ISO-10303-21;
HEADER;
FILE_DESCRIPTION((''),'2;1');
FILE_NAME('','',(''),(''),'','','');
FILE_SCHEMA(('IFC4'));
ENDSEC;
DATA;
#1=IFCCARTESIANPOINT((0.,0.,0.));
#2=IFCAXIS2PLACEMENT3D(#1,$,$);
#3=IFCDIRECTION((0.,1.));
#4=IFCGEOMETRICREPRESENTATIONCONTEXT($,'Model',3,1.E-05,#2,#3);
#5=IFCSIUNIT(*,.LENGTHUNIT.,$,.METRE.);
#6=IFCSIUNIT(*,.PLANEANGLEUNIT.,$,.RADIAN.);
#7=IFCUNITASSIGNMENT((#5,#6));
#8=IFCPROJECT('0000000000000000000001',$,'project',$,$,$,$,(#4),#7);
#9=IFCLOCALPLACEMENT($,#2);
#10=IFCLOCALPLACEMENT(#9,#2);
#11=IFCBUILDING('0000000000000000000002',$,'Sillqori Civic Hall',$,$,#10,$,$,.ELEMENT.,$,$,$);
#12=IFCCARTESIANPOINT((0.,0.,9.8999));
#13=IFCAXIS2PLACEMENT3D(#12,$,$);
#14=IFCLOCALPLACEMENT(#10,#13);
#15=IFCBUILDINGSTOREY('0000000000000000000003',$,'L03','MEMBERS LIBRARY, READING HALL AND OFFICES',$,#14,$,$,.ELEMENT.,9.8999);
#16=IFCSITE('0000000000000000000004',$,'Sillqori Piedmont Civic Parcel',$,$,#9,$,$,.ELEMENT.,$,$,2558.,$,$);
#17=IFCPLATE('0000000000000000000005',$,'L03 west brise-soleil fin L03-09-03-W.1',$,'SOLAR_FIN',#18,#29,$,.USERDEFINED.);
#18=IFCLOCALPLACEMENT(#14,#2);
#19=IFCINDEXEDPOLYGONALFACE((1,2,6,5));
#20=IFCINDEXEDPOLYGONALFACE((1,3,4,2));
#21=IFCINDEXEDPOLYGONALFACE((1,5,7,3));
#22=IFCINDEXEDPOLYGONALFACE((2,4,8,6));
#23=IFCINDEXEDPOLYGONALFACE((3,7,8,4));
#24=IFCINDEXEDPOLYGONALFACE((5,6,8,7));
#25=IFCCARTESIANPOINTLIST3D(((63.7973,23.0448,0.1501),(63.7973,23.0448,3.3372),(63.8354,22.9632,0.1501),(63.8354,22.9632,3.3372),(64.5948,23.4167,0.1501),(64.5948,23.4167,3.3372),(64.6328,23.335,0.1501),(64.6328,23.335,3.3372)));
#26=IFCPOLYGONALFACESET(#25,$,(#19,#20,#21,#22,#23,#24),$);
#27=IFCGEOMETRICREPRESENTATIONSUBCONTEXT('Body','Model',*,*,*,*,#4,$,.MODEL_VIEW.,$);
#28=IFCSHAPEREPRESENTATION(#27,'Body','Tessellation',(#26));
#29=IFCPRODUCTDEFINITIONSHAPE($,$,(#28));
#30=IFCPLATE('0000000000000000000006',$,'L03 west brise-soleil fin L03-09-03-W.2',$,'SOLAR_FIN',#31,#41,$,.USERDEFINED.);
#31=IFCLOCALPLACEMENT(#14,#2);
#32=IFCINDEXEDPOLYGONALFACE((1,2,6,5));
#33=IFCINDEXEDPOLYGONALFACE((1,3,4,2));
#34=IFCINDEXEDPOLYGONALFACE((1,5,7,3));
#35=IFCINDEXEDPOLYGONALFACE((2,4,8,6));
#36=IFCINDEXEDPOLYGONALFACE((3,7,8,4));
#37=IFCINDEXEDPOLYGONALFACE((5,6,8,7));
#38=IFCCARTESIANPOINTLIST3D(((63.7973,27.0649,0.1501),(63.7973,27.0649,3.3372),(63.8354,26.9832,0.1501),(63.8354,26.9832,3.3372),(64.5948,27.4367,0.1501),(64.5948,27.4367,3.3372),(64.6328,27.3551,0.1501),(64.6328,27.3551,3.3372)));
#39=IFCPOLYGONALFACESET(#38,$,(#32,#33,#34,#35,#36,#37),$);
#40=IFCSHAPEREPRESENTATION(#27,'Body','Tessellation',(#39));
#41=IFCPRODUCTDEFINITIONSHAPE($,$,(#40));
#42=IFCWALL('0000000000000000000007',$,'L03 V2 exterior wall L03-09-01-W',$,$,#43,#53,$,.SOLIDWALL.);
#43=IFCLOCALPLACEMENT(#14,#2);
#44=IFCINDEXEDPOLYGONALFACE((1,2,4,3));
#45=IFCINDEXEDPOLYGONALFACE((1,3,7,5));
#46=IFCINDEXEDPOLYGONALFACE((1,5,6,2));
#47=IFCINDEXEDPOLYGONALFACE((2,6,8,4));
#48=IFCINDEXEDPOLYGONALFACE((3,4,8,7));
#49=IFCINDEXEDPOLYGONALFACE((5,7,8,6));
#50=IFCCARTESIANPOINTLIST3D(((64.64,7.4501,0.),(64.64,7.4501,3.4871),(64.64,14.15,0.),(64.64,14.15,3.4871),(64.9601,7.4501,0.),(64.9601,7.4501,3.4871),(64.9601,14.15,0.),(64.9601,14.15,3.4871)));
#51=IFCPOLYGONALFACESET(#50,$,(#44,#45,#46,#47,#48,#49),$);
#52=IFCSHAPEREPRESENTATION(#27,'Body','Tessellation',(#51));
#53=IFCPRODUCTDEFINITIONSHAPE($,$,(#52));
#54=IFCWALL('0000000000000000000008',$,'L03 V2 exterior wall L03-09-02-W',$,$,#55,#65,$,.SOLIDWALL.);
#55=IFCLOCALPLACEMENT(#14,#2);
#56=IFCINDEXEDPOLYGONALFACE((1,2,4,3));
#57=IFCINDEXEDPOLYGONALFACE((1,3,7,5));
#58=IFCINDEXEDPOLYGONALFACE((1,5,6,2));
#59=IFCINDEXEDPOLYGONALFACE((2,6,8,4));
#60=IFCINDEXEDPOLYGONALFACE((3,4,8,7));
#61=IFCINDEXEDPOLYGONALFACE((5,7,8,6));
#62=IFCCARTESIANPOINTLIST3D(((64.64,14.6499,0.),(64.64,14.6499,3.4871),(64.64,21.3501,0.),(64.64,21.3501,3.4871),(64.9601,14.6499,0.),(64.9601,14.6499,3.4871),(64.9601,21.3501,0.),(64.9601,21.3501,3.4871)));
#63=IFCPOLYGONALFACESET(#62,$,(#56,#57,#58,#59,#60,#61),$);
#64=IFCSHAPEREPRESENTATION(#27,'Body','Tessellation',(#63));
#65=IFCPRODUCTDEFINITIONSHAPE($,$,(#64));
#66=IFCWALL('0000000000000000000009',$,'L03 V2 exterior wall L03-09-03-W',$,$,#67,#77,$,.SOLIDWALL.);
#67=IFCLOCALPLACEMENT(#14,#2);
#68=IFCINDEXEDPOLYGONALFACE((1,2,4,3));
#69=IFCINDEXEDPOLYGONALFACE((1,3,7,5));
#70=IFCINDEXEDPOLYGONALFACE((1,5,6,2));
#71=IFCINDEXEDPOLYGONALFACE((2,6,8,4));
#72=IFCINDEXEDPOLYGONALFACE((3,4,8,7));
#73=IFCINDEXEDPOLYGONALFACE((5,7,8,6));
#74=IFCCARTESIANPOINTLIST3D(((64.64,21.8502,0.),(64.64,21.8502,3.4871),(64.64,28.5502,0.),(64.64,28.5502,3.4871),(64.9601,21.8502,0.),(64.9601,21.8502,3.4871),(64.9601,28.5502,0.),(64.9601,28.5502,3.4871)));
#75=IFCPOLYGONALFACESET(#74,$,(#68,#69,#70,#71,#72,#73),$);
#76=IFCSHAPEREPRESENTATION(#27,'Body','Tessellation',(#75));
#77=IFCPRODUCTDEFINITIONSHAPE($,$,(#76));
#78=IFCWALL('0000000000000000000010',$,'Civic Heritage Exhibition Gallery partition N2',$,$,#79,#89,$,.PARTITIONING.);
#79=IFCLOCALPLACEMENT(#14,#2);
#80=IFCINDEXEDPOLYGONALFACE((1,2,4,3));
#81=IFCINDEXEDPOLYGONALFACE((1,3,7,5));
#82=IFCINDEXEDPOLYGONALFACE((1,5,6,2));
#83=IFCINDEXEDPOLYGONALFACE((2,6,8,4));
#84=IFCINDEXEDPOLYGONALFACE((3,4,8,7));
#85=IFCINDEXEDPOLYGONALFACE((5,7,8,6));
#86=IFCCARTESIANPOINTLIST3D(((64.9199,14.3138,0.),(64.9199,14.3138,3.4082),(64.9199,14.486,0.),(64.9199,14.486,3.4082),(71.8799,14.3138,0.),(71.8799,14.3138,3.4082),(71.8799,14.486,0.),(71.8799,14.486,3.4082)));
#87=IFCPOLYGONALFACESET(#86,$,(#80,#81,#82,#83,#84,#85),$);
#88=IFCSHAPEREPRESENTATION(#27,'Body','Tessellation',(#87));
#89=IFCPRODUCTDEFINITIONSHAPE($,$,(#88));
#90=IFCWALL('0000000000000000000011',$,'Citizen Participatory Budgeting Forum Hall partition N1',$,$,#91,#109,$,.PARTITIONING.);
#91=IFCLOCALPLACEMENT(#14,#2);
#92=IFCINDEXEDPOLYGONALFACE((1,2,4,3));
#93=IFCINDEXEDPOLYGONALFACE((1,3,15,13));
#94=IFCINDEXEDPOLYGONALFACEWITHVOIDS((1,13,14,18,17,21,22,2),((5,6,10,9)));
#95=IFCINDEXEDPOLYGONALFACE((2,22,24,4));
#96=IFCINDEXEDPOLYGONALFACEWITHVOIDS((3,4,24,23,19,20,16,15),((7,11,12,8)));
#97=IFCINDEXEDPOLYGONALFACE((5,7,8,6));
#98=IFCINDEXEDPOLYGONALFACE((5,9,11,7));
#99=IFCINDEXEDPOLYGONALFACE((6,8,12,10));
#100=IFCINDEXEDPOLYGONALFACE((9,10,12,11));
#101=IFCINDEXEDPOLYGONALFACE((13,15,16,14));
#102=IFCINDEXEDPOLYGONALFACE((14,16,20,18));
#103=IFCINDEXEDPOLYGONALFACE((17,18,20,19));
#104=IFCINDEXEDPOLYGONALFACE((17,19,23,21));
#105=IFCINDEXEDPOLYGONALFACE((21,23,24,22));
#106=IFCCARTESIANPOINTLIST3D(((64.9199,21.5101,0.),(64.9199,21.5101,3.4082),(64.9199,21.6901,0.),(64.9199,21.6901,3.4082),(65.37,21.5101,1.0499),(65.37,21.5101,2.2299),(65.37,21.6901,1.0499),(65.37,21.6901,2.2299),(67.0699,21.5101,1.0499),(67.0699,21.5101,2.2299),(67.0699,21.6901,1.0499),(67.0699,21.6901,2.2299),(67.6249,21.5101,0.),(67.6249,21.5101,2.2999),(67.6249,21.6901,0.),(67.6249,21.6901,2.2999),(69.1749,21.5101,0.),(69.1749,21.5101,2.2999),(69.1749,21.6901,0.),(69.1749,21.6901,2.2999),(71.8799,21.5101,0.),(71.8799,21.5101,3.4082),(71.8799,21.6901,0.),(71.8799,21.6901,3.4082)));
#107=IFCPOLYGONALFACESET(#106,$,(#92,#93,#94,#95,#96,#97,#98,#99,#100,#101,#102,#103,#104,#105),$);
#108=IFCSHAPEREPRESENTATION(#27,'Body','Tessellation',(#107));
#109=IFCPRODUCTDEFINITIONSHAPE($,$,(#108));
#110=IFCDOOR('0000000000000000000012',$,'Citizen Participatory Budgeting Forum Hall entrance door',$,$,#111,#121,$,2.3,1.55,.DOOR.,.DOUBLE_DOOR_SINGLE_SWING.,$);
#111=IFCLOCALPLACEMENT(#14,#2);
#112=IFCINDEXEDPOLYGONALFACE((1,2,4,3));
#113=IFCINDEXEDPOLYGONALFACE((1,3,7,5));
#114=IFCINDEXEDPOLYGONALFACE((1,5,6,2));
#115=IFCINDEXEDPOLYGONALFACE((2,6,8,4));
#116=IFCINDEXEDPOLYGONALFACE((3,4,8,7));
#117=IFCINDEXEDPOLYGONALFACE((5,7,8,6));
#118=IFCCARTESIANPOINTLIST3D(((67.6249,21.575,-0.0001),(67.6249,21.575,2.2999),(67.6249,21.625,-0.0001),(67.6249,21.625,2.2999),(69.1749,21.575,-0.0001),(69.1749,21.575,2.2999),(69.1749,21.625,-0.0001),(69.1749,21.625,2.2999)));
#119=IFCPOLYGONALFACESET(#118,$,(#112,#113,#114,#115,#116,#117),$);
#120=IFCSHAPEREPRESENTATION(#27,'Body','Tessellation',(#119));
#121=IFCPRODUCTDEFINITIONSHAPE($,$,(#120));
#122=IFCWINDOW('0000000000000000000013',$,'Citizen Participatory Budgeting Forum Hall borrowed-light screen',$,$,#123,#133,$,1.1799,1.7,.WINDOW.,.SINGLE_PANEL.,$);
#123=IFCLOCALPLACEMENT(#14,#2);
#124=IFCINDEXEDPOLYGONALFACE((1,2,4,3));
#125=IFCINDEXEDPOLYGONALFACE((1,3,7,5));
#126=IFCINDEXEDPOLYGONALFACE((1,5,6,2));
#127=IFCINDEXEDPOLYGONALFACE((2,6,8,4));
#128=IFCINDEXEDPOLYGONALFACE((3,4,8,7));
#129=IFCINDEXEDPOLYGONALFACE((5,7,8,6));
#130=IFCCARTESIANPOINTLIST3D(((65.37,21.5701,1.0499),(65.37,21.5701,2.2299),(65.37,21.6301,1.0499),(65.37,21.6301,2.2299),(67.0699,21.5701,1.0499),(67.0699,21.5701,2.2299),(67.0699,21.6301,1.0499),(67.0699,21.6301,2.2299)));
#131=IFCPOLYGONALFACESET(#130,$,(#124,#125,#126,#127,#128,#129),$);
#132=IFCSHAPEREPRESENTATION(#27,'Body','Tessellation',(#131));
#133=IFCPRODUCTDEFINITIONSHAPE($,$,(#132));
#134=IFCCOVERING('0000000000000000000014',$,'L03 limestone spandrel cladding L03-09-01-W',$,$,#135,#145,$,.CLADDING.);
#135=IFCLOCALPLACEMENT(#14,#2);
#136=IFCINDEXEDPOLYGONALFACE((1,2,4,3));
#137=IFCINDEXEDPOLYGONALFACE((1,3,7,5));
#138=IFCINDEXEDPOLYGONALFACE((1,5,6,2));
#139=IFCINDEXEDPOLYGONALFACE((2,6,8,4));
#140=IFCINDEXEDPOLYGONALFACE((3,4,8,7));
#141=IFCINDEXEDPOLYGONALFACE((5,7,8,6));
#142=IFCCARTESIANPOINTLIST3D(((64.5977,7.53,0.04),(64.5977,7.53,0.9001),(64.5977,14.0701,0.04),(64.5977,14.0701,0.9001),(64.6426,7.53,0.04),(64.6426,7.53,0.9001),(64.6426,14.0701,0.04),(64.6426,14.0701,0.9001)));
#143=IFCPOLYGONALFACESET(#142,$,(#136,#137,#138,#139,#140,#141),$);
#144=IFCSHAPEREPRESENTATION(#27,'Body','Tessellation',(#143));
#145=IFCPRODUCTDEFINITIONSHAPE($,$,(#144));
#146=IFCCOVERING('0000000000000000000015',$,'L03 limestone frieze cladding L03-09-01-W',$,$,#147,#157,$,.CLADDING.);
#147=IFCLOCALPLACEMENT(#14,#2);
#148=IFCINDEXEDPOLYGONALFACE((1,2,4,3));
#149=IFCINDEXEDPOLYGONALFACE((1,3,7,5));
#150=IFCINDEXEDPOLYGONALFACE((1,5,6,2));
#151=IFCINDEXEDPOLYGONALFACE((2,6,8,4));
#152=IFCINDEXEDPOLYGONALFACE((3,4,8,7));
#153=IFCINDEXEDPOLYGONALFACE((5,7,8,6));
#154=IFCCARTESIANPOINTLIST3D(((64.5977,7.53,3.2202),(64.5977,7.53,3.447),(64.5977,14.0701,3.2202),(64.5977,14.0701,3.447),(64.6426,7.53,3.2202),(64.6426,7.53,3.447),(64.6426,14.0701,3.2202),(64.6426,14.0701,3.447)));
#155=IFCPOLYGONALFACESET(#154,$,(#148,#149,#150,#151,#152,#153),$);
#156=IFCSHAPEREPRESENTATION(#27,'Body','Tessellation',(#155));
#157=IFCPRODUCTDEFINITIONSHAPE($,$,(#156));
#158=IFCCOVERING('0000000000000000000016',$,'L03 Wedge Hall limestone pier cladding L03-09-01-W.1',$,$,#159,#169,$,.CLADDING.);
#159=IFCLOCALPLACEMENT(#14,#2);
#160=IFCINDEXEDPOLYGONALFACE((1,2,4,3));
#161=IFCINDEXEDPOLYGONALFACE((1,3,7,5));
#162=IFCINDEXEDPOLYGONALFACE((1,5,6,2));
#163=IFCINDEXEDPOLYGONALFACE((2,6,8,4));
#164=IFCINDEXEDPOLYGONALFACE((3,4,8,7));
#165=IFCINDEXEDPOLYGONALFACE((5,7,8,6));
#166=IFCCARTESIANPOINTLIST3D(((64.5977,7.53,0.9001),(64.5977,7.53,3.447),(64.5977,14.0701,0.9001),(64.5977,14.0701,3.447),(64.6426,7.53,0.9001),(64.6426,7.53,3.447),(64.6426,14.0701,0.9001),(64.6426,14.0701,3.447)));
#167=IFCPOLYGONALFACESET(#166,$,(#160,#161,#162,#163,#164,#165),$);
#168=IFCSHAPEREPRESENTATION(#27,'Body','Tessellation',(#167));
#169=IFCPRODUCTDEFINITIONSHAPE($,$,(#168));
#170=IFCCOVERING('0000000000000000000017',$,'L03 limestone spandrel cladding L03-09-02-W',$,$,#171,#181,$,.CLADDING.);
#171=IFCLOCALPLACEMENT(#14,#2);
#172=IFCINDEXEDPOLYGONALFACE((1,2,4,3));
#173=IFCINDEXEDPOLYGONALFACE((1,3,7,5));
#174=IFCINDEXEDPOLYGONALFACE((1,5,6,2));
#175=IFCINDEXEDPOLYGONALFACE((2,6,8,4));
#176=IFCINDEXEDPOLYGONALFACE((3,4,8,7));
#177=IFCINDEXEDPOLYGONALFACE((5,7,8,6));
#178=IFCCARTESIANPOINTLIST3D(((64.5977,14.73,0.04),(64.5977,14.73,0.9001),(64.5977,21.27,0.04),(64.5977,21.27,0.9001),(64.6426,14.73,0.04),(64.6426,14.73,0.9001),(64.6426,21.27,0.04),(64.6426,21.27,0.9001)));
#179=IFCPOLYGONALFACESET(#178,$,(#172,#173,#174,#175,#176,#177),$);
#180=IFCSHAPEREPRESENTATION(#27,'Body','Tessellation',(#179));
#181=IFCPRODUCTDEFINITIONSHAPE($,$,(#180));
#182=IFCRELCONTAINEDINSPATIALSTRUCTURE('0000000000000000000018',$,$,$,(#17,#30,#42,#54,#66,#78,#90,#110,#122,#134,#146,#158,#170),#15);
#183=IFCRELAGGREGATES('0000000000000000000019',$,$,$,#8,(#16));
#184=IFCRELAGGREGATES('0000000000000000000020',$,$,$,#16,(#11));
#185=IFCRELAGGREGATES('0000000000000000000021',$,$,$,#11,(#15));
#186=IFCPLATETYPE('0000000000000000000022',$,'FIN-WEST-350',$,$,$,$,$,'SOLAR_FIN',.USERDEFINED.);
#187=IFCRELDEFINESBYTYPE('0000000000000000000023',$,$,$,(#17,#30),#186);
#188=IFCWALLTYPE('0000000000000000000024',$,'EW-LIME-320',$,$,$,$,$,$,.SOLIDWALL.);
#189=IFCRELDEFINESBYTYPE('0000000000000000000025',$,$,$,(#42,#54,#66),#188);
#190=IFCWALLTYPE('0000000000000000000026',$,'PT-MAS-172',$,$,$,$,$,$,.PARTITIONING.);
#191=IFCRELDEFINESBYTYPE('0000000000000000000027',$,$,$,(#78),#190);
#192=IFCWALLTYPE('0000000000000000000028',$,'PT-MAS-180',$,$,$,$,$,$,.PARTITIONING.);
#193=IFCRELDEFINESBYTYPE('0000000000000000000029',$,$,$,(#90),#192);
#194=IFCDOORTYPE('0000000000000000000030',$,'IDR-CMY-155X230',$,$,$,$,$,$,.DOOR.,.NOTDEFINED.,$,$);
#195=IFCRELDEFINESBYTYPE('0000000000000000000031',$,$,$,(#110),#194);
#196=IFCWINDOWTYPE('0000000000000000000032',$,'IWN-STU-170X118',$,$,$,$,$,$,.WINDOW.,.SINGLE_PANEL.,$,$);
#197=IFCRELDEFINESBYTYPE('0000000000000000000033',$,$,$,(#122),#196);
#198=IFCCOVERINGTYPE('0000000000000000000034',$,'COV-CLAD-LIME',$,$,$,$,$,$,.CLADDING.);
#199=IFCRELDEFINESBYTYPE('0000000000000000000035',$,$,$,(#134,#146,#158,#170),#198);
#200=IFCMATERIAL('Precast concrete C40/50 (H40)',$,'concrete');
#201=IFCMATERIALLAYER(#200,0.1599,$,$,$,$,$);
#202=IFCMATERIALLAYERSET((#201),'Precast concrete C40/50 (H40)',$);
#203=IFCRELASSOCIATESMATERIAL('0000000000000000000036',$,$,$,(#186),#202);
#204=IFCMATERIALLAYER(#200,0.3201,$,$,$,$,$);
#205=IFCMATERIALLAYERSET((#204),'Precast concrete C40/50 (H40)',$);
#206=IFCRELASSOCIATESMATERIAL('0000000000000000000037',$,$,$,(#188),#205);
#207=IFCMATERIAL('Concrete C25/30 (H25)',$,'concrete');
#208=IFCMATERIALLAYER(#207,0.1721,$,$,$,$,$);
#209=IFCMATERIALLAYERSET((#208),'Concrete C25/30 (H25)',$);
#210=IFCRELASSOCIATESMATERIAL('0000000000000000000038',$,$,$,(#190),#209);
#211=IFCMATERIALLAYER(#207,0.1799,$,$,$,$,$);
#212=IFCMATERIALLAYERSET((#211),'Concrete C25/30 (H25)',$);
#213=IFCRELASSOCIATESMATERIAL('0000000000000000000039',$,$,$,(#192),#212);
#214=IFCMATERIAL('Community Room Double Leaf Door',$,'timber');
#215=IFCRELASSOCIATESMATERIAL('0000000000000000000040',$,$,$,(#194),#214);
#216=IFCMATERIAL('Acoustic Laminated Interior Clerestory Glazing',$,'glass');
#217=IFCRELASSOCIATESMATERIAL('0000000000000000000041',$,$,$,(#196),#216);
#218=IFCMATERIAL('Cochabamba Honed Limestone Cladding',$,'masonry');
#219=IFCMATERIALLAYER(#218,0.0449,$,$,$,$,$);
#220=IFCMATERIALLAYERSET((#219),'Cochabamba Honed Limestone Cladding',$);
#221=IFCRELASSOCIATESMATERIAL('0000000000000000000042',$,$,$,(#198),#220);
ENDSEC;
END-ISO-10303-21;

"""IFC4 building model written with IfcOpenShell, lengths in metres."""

from ifc_helpers import new_model, si_unit, direction, frame, frame_2d, origin, origin_2d, place, context, subcontext, project, spatial, rectangle, extrude, material, layer, layer_set, type_object, element, fill, save


model = new_model("IFC4")

# Units and contexts
model_context = context("Model", 3, precision=1e-05, world=origin(), true_north=direction((0.0, 1.0)))
body_context = subcontext(model_context, "Body", "Model", "MODEL_VIEW")
ifc_project = project(units=[si_unit("LENGTHUNIT", "METRE"), si_unit("PLANEANGLEUNIT", "RADIAN")], contexts=[model_context])

# Site, building, storey
site_placement = place(None, origin())
site = spatial("IfcSite", under=ifc_project, at=site_placement, Name="Sillqori Piedmont Civic Parcel", CompositionType="ELEMENT", RefElevation=2558.0)
building_placement = place(site_placement, origin())
building = spatial("IfcBuilding", under=site, at=building_placement, Name="Sillqori Civic Hall", CompositionType="ELEMENT")
storey_placement = place(building_placement, frame((0.0, 0.0, 9.8999)))
storey = spatial("IfcBuildingStorey", under=building, at=storey_placement, Name="L03", Description="MEMBERS LIBRARY, READING HALL AND OFFICES", CompositionType="ELEMENT", Elevation=9.8999)

# Plates
ifc_material_1 = material(Name="Precast concrete C40/50 (H40)", Category="concrete")
ifc_layer_1 = layer(ifc_material_1, 0.1599)
ifc_layer_set_1 = layer_set([ifc_layer_1], Name="Precast concrete C40/50 (H40)")
plate_type = type_object("IfcPlateType", Name="FIN-WEST-350", ElementType="SOLAR_FIN", PredefinedType="USERDEFINED", material=ifc_layer_set_1)
for number, where, z_axis, x_axis, name in (
    (1, (64.2151, 23.1899, 0.1501), (0.0, 0.0, 1.0), (-0.422618, 0.906308, 0.0), "L03 west brise-soleil fin L03-09-03-W.1"),
    (2, (64.2151, 27.21, 0.1501), (0.0, 0.0, 1.0), (-0.422618, 0.906308, 0.0), "L03 west brise-soleil fin L03-09-03-W.2"),
):
    element("IfcPlate", number, at=place(storey_placement, frame(where, z_axis=z_axis, x_axis=x_axis)), inside=storey, type_object=plate_type, Name=name, ObjectType="SOLAR_FIN", PredefinedType="USERDEFINED", context=body_context, shape_type="SweptSolid", body=[
        extrude(rectangle(XDim=0.0901, YDim=0.8799, at=origin_2d()), origin(), (0.0, 0.0, 1.0), 3.187),
    ])

# Walls
ifc_layer_2 = layer(ifc_material_1, 0.3201)
ifc_layer_set_2 = layer_set([ifc_layer_2], Name="Precast concrete C40/50 (H40)")
wall_type_1 = type_object("IfcWallType", Name="EW-LIME-320", PredefinedType="SOLIDWALL", material=ifc_layer_set_2)
wall_1_placement = place(storey_placement, frame((64.8, 7.45, 0.0), z_axis=(0.0, 0.0, 1.0), x_axis=(0.0, 1.0, 0.0)))
element("IfcWall", 3, at=wall_1_placement, inside=storey, type_object=wall_type_1, Name="L03 V2 exterior wall L03-09-01-W", PredefinedType="SOLIDWALL", context=body_context, shape_type="SweptSolid", body=[
    extrude(rectangle(XDim=6.7, YDim=0.3201, at=frame_2d((3.3501, 0.0))), origin(), (0.0, 0.0, 1.0), 3.4871),
])
wall_2_placement = place(storey_placement, frame((64.8, 14.6499, 0.0), z_axis=(0.0, 0.0, 1.0), x_axis=(0.0, 1.0, 0.0)))
element("IfcWall", 4, at=wall_2_placement, inside=storey, type_object=wall_type_1, Name="L03 V2 exterior wall L03-09-02-W", PredefinedType="SOLIDWALL", context=body_context, shape_type="SweptSolid", body=[
    extrude(rectangle(XDim=6.7002, YDim=0.3201, at=frame_2d((3.3501, 0.0))), origin(), (0.0, 0.0, 1.0), 3.4871),
])
wall_3_placement = place(storey_placement, frame((64.8, 21.8501, 0.0), z_axis=(0.0, 0.0, 1.0), x_axis=(0.0, 1.0, 0.0)))
element("IfcWall", 5, at=wall_3_placement, inside=storey, type_object=wall_type_1, Name="L03 V2 exterior wall L03-09-03-W", PredefinedType="SOLIDWALL", context=body_context, shape_type="SweptSolid", body=[
    extrude(rectangle(XDim=6.7, YDim=0.3201, at=frame_2d((3.3501, 0.0))), origin(), (0.0, 0.0, 1.0), 3.4871),
])
ifc_material_2 = material(Name="Concrete C25/30 (H25)", Category="concrete")
ifc_layer_3 = layer(ifc_material_2, 0.1721)
ifc_layer_set_3 = layer_set([ifc_layer_3], Name="Concrete C25/30 (H25)")
wall_type_2 = type_object("IfcWallType", Name="PT-MAS-172", PredefinedType="PARTITIONING", material=ifc_layer_set_3)
wall_4_placement = place(storey_placement, frame((64.9199, 14.3999, 0.0), z_axis=(0.0, 0.0, 1.0), x_axis=(1.0, 0.0, 0.0)))
element("IfcWall", 6, at=wall_4_placement, inside=storey, type_object=wall_type_2, Name="Civic Heritage Exhibition Gallery partition N2", PredefinedType="PARTITIONING", context=body_context, shape_type="SweptSolid", body=[
    extrude(rectangle(XDim=6.96, YDim=0.1721, at=frame_2d((3.48, 0.0))), origin(), (0.0, 0.0, 1.0), 3.4082),
])

# Wall, openings, door, window
ifc_layer_4 = layer(ifc_material_2, 0.1799)
ifc_layer_set_4 = layer_set([ifc_layer_4], Name="Concrete C25/30 (H25)")
wall_type_3 = type_object("IfcWallType", Name="PT-MAS-180", PredefinedType="PARTITIONING", material=ifc_layer_set_4)
wall_5_placement = place(storey_placement, frame((64.9199, 21.6001, 0.0), z_axis=(0.0, 0.0, 1.0), x_axis=(1.0, 0.0, 0.0)))
wall_5 = element("IfcWall", 7, at=wall_5_placement, inside=storey, type_object=wall_type_3, Name="Citizen Participatory Budgeting Forum Hall partition N1", PredefinedType="PARTITIONING", context=body_context, shape_type="SweptSolid", body=[
    extrude(rectangle(XDim=6.96, YDim=0.1799, at=frame_2d((3.48, 0.0))), origin(), (0.0, 0.0, 1.0), 3.4082),
])
opening_1_placement = place(wall_5_placement, frame((2.7051, 0.0, 0.0)))
opening_1 = element("IfcOpeningElement", 8, at=opening_1_placement, cuts=wall_5, PredefinedType="OPENING", context=body_context, shape_type="SweptSolid", body=[
    extrude(rectangle(XDim=1.55, YDim=2.3, at=frame_2d((0.7749, 1.1499))), frame((0.0, 0.0999, 0.0), z_axis=(0.0, -1.0, 0.0), x_axis=(1.0, 0.0, 0.0)), (0.0, 0.0, 1.0), 0.2),
])
opening_2_placement = place(wall_5_placement, frame((0.45, 0.0, 1.05)))
opening_2 = element("IfcOpeningElement", 9, at=opening_2_placement, cuts=wall_5, PredefinedType="OPENING", context=body_context, shape_type="SweptSolid", body=[
    extrude(rectangle(XDim=1.7, YDim=1.1799, at=frame_2d((0.8501, 0.5898))), frame((0.0, 0.0999, 0.0), z_axis=(0.0, -1.0, 0.0), x_axis=(1.0, 0.0, 0.0)), (0.0, 0.0, 1.0), 0.2),
])
ifc_material_3 = material(Name="Community Room Double Leaf Door", Category="timber")
door_type = type_object("IfcDoorType", Name="IDR-CMY-155X230", OperationType="NOTDEFINED", PredefinedType="DOOR", material=ifc_material_3)
door_placement = place(opening_1_placement, origin())
door = element("IfcDoor", 10, at=door_placement, inside=storey, type_object=door_type, Name="Citizen Participatory Budgeting Forum Hall entrance door", OperationType="DOUBLE_DOOR_SINGLE_SWING", OverallHeight=2.3, OverallWidth=1.55, PredefinedType="DOOR", context=body_context, shape_type="SweptSolid", body=[
    extrude(rectangle(XDim=1.55, YDim=2.3, at=frame_2d((0.7749, 1.1499))), frame((0.0, 0.0249, 0.0), z_axis=(0.0, -1.0, 0.0), x_axis=(1.0, 0.0, 0.0)), (0.0, 0.0, 1.0), 0.05),
])
fill(opening_1, door)
ifc_material_4 = material(Name="Acoustic Laminated Interior Clerestory Glazing", Category="glass")
window_type = type_object("IfcWindowType", Name="IWN-STU-170X118", PartitioningType="SINGLE_PANEL", PredefinedType="WINDOW", material=ifc_material_4)
window_placement = place(opening_2_placement, origin())
window = element("IfcWindow", 11, at=window_placement, inside=storey, type_object=window_type, Name="Citizen Participatory Budgeting Forum Hall borrowed-light screen", OverallHeight=1.1799, OverallWidth=1.7, PartitioningType="SINGLE_PANEL", PredefinedType="WINDOW", context=body_context, shape_type="SweptSolid", body=[
    extrude(rectangle(XDim=1.7, YDim=1.1799, at=frame_2d((0.8501, 0.5898))), frame((0.0, 0.03, 0.0), z_axis=(0.0, -1.0, 0.0), x_axis=(1.0, 0.0, 0.0)), (0.0, 0.0, 1.0), 0.0601),
])
fill(opening_2, window)

# Coverings
ifc_material_5 = material(Name="Cochabamba Honed Limestone Cladding", Category="masonry")
ifc_layer_5 = layer(ifc_material_5, 0.0449)
ifc_layer_set_5 = layer_set([ifc_layer_5], Name="Cochabamba Honed Limestone Cladding")
covering_type = type_object("IfcCoveringType", Name="COV-CLAD-LIME", PredefinedType="CLADDING", material=ifc_layer_set_5)
covering_1_placement = place(storey_placement, frame((64.6201, 7.53, 0.04), z_axis=(0.0, 0.0, 1.0), x_axis=(0.0, 1.0, 0.0)))
element("IfcCovering", 12, at=covering_1_placement, inside=storey, type_object=covering_type, Name="L03 limestone spandrel cladding L03-09-01-W", PredefinedType="CLADDING", context=body_context, shape_type="SweptSolid", body=[
    extrude(rectangle(XDim=6.54, YDim=0.0449, at=frame_2d((3.27, 0.0))), origin(), (0.0, 0.0, 1.0), 0.8601),
])
covering_2_placement = place(storey_placement, frame((64.6201, 7.53, 3.2202), z_axis=(0.0, 0.0, 1.0), x_axis=(0.0, 1.0, 0.0)))
element("IfcCovering", 13, at=covering_2_placement, inside=storey, type_object=covering_type, Name="L03 limestone frieze cladding L03-09-01-W", PredefinedType="CLADDING", context=body_context, shape_type="SweptSolid", body=[
    extrude(rectangle(XDim=6.54, YDim=0.0449, at=frame_2d((3.27, 0.0))), origin(), (0.0, 0.0, 1.0), 0.2268),
])
covering_3_placement = place(storey_placement, frame((64.6201, 7.53, 0.9001), z_axis=(0.0, 0.0, 1.0), x_axis=(0.0, 1.0, 0.0)))
element("IfcCovering", 14, at=covering_3_placement, inside=storey, type_object=covering_type, Name="L03 Wedge Hall limestone pier cladding L03-09-01-W.1", PredefinedType="CLADDING", context=body_context, shape_type="SweptSolid", body=[
    extrude(rectangle(XDim=6.54, YDim=0.0449, at=frame_2d((3.27, 0.0))), origin(), (0.0, 0.0, 1.0), 2.5469),
])
covering_4_placement = place(storey_placement, frame((64.6201, 14.73, 0.04), z_axis=(0.0, 0.0, 1.0), x_axis=(0.0, 1.0, 0.0)))
element("IfcCovering", 15, at=covering_4_placement, inside=storey, type_object=covering_type, Name="L03 limestone spandrel cladding L03-09-02-W", PredefinedType="CLADDING", context=body_context, shape_type="SweptSolid", body=[
    extrude(rectangle(XDim=6.54, YDim=0.0449, at=frame_2d((3.27, 0.0))), origin(), (0.0, 0.0, 1.0), 0.8601),
])

save(model, "model.ifc")
